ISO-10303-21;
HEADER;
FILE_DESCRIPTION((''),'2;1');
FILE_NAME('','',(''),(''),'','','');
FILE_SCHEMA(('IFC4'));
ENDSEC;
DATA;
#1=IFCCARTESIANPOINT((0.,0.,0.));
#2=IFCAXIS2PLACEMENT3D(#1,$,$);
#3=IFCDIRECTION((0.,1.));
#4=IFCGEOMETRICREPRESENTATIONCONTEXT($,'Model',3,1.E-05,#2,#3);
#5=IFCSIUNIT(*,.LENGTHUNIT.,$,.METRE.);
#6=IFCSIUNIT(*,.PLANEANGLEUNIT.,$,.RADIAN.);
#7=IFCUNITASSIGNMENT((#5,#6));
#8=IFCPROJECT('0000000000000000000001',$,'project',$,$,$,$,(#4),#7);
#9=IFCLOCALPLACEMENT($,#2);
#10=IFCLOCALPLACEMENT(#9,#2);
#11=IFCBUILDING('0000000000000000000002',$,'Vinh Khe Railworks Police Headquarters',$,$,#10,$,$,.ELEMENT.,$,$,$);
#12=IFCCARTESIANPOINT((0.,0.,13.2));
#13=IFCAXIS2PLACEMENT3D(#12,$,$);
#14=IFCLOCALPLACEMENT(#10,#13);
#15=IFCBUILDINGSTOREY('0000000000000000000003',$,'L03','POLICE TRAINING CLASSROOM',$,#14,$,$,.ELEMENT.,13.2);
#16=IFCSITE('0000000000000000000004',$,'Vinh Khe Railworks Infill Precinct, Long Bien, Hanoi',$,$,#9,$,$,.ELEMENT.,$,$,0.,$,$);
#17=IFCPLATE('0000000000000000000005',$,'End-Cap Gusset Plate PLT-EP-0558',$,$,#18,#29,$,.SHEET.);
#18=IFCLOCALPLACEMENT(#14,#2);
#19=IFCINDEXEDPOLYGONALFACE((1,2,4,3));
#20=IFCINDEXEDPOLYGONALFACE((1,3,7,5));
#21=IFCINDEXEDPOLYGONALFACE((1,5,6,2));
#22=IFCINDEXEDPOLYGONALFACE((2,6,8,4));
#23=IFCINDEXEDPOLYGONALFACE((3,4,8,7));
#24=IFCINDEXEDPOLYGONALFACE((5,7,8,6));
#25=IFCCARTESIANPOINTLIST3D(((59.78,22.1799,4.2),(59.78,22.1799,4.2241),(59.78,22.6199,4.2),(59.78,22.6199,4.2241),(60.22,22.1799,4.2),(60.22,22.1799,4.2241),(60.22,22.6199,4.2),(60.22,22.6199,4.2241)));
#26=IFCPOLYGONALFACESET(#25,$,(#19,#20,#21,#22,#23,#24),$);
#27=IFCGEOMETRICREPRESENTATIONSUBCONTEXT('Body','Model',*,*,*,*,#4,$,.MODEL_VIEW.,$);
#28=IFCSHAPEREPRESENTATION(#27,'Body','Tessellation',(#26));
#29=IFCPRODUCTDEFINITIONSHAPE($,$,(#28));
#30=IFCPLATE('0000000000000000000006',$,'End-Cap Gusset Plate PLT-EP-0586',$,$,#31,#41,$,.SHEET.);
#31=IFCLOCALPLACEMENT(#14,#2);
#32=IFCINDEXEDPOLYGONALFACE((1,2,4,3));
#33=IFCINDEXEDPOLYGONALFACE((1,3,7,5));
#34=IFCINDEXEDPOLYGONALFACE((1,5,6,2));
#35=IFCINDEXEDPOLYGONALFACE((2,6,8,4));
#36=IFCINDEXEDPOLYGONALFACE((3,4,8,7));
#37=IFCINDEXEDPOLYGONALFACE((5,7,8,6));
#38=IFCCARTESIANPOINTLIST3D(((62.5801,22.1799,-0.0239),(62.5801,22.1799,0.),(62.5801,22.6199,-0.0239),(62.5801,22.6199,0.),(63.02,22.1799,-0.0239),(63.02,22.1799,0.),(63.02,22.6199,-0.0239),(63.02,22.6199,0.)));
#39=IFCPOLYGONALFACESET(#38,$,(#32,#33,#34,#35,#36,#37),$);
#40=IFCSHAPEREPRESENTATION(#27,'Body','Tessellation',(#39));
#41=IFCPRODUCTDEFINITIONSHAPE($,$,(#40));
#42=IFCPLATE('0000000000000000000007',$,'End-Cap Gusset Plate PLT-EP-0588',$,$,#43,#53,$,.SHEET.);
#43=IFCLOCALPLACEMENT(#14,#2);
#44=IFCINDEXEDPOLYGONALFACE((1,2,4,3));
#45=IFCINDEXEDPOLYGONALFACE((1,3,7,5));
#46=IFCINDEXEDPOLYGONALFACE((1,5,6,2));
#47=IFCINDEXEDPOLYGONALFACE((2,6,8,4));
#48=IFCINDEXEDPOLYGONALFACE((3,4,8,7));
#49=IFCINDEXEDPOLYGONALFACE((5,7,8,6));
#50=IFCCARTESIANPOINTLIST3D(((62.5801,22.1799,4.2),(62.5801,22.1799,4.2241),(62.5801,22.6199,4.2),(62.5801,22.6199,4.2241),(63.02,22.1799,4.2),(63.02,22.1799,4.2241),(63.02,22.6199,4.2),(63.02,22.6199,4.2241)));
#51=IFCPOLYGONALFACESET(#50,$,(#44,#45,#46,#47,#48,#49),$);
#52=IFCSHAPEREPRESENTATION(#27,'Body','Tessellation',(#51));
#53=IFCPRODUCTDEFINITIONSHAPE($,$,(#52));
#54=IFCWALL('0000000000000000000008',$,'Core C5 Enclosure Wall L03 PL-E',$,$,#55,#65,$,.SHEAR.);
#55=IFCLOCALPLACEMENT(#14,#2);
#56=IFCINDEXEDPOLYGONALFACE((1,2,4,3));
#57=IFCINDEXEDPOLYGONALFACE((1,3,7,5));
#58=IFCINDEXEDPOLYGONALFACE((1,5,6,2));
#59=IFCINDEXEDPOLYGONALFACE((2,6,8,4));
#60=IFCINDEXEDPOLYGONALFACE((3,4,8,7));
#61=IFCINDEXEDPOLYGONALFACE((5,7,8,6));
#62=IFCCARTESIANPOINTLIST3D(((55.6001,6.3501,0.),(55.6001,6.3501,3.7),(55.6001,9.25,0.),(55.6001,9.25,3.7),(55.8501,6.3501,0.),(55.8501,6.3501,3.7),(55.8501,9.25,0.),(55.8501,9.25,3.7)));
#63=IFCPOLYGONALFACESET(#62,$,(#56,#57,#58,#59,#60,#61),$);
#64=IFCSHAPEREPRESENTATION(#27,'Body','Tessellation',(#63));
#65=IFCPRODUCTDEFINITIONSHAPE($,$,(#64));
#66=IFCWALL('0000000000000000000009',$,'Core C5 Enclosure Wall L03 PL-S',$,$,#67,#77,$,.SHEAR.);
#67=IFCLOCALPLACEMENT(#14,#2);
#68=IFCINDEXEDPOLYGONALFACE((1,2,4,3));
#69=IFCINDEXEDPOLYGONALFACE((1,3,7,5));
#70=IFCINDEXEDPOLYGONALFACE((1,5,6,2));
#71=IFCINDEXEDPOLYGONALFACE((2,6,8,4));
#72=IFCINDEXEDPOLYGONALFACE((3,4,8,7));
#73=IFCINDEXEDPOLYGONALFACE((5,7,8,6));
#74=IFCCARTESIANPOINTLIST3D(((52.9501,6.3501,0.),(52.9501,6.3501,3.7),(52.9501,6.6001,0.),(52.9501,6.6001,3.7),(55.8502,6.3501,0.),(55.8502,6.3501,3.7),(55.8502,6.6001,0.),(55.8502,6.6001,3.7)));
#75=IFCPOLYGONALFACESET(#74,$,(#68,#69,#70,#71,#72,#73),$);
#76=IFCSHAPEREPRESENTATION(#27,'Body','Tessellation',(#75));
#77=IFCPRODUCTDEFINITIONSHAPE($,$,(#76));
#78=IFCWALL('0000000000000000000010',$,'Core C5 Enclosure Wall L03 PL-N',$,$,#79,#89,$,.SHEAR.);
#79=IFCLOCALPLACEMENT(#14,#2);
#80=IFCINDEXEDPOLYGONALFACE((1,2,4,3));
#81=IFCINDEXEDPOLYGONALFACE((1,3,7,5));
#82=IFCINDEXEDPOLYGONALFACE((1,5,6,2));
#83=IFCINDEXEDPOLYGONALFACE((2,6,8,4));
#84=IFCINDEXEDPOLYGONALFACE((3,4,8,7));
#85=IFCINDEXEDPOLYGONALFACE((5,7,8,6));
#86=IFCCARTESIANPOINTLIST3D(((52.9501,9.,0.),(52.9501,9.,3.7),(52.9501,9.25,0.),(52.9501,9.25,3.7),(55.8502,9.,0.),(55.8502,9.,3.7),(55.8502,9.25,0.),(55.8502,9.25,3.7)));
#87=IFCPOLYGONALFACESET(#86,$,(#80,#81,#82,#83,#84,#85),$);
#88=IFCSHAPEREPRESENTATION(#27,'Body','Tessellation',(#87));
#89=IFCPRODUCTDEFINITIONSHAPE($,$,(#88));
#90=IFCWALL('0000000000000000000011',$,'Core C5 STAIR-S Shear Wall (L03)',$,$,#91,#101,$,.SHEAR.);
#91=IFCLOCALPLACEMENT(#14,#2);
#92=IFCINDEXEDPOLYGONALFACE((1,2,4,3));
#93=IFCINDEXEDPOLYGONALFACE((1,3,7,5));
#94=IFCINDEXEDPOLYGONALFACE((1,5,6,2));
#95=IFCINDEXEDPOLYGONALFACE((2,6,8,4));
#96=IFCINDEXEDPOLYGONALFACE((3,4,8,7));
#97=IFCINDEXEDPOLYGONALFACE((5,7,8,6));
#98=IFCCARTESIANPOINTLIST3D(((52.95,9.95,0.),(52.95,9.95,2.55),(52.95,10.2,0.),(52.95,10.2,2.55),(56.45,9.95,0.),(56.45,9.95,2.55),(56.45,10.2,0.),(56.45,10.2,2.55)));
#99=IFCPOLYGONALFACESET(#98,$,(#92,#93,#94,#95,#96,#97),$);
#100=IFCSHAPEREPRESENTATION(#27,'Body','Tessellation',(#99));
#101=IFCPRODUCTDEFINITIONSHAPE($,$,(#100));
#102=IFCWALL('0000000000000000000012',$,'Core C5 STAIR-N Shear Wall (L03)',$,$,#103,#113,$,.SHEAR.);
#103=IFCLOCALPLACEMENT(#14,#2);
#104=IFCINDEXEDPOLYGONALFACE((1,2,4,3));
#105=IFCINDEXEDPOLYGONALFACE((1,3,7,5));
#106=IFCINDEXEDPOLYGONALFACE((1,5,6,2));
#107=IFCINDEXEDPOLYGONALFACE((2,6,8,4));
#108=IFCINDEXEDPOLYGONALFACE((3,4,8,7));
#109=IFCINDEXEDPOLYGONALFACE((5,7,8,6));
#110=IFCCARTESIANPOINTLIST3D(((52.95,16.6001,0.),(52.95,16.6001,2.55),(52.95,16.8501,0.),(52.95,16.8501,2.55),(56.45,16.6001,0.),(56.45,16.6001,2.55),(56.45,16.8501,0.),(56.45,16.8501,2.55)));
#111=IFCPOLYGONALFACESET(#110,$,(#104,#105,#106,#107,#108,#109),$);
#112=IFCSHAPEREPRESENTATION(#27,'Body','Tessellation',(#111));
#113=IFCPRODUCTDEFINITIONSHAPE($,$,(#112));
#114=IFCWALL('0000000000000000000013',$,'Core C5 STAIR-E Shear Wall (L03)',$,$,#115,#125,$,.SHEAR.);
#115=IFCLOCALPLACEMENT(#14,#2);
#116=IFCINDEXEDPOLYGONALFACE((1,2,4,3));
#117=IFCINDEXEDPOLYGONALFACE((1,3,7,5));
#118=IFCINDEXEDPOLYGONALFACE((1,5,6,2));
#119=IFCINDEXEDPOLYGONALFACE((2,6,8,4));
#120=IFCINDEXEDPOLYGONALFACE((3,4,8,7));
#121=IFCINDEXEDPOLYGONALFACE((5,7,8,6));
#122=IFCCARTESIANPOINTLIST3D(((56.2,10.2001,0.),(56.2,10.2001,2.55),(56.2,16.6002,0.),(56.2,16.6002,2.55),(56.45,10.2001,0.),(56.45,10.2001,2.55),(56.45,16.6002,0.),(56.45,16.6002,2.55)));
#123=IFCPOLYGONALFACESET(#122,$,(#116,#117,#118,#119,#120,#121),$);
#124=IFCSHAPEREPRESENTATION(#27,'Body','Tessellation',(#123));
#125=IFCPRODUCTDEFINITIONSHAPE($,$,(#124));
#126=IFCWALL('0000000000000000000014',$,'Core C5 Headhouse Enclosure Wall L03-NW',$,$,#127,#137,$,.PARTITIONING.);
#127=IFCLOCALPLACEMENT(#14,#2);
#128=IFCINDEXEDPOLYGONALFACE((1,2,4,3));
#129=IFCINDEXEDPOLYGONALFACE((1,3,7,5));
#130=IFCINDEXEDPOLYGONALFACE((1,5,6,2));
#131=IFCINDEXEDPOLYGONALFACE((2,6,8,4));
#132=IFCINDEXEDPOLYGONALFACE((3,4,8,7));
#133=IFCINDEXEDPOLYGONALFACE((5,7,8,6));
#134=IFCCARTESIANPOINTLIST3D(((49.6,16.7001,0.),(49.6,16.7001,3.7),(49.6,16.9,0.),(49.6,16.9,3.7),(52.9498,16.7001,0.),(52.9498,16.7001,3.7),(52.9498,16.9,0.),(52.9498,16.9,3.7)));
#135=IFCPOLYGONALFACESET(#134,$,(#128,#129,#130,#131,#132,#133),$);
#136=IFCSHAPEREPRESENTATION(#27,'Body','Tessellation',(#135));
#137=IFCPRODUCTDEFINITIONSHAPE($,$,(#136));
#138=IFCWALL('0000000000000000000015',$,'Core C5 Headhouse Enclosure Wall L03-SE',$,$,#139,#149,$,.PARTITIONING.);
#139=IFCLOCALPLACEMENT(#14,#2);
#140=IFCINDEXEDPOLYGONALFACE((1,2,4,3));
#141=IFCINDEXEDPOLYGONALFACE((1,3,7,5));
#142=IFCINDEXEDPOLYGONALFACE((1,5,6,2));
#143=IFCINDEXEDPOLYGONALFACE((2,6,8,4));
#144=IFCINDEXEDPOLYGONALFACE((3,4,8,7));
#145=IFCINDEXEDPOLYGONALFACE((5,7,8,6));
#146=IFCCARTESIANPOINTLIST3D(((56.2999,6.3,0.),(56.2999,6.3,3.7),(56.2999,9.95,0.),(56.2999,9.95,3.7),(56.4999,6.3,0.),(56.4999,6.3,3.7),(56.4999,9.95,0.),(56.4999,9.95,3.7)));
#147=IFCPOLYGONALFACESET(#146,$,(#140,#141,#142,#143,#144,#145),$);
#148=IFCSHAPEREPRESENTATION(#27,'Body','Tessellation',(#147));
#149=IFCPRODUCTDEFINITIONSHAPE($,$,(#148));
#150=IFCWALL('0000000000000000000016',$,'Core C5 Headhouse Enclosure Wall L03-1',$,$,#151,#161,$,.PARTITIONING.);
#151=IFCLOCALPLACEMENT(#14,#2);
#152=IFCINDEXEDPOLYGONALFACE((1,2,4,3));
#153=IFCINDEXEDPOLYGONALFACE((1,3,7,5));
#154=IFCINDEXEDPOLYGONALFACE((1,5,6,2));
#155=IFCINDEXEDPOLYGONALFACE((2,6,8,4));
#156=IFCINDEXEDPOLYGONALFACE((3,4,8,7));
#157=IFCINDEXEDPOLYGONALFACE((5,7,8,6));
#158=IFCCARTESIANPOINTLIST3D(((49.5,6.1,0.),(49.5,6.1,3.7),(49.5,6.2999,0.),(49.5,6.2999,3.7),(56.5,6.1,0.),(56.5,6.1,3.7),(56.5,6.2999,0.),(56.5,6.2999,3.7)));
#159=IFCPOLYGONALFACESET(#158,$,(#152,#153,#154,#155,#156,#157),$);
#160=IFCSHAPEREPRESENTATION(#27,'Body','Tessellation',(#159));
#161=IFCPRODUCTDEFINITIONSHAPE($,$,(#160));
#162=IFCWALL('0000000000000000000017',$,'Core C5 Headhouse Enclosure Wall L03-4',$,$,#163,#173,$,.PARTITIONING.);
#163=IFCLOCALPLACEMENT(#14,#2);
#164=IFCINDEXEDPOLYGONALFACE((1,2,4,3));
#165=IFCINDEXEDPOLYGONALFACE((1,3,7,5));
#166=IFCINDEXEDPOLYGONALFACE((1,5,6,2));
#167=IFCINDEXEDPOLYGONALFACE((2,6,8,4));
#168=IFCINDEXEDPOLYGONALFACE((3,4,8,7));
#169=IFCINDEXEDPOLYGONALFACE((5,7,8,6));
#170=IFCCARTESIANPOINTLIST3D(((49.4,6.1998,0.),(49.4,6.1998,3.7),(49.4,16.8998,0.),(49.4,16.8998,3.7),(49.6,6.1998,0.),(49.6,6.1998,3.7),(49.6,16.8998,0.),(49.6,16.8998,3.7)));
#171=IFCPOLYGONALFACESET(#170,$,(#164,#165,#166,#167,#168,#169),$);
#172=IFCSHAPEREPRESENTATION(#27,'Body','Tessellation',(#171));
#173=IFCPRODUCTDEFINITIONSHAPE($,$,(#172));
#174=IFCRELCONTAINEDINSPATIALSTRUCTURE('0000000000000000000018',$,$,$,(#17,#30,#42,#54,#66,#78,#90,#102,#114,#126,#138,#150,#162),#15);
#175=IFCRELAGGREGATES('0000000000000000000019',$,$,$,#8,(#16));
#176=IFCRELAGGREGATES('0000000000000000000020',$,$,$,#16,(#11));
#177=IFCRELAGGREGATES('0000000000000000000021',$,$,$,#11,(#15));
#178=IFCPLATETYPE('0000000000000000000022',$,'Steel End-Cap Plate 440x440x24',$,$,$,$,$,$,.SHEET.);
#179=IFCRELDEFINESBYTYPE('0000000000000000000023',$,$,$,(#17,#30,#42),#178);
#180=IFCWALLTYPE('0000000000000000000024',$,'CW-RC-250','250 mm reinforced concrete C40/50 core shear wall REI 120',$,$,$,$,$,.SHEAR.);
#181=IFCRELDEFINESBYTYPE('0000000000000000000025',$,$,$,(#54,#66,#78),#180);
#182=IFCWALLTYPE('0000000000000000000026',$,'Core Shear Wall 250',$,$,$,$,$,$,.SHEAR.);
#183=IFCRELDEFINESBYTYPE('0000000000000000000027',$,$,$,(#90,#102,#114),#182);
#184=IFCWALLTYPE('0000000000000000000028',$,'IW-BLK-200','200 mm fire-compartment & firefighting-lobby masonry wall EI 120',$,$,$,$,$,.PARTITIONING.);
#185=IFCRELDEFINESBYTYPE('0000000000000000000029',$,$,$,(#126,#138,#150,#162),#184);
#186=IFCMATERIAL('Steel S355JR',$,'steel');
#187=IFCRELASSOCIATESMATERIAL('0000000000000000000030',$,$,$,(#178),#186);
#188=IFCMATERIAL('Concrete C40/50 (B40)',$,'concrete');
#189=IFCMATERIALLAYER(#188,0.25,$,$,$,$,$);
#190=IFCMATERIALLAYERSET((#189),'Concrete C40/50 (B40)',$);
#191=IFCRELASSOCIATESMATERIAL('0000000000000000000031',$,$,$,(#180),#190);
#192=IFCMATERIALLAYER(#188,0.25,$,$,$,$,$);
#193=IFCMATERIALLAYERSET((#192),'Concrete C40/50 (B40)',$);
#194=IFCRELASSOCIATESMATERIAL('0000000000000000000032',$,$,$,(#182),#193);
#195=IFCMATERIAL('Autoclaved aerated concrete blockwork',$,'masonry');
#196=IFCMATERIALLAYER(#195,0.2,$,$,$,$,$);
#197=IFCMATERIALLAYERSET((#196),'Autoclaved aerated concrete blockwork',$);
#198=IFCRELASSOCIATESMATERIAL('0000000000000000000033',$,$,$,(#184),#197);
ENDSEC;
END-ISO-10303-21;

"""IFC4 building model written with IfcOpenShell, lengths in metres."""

from ifc_helpers import new_model, si_unit, direction, frame, frame_2d, origin, origin_2d, place, context, subcontext, project, spatial, rectangle, extrude, material, layer, layer_set, material_profile, profile_set, type_object, element, save


model = new_model("IFC4")

# Units and contexts
model_context = context("Model", 3, precision=1e-05, world=origin(), true_north=direction((0.0, 1.0)))
body_context = subcontext(model_context, "Body", "Model", "MODEL_VIEW")
ifc_project = project(units=[si_unit("LENGTHUNIT", "METRE"), si_unit("PLANEANGLEUNIT", "RADIAN")], contexts=[model_context])

# Site, building, storey
site_placement = place(None, origin())
site = spatial("IfcSite", under=ifc_project, at=site_placement, Name="Vinh Khe Railworks Infill Precinct, Long Bien, Hanoi", CompositionType="ELEMENT", RefElevation=0.0)
building_placement = place(site_placement, origin())
building = spatial("IfcBuilding", under=site, at=building_placement, Name="Vinh Khe Railworks Police Headquarters", CompositionType="ELEMENT")
storey_placement = place(building_placement, frame((0.0, 0.0, 13.2)))
storey = spatial("IfcBuildingStorey", under=building, at=storey_placement, Name="L03", Description="POLICE TRAINING CLASSROOM", CompositionType="ELEMENT", Elevation=13.2)

# Shared definitions
ifc_material_1 = material(Name="Steel S355JR", Category="steel")

# Plates
ifc_material_profile_1 = material_profile(ifc_material_1, rectangle(XDim=0.4399, YDim=0.4399, at=origin_2d()), Name="PL 440x440")
ifc_profile_set_1 = profile_set([ifc_material_profile_1], Name="Steel S355JR")
plate_type = type_object("IfcPlateType", Name="Steel End-Cap Plate 440x440x24", PredefinedType="SHEET", material=ifc_profile_set_1)
plate_1_placement = place(storey_placement, frame((60.0, 22.3999, 4.2), z_axis=(0.0, 0.0, 1.0), x_axis=(1.0, 0.0, 0.0)))
element("IfcPlate", 1, at=plate_1_placement, inside=storey, type_object=plate_type, Name="End-Cap Gusset Plate PLT-EP-0558", PredefinedType="SHEET", context=body_context, shape_type="SweptSolid", body=[
    extrude(rectangle(XDim=0.4399, YDim=0.4399, at=origin_2d()), origin(), (0.0, 0.0, 1.0), 0.0242),
])
plate_2_placement = place(storey_placement, frame((62.8, 22.3999, 0.0), z_axis=(0.0, 0.0, -1.0), x_axis=(1.0, 0.0, 0.0)))
element("IfcPlate", 2, at=plate_2_placement, inside=storey, type_object=plate_type, Name="End-Cap Gusset Plate PLT-EP-0586", PredefinedType="SHEET", context=body_context, shape_type="SweptSolid", body=[
    extrude(rectangle(XDim=0.4399, YDim=0.4399, at=origin_2d()), origin(), (0.0, 0.0, 1.0), 0.0239),
])
plate_3_placement = place(storey_placement, frame((62.8, 22.3999, 4.2), z_axis=(0.0, 0.0, 1.0), x_axis=(1.0, 0.0, 0.0)))
element("IfcPlate", 3, at=plate_3_placement, inside=storey, type_object=plate_type, Name="End-Cap Gusset Plate PLT-EP-0588", PredefinedType="SHEET", context=body_context, shape_type="SweptSolid", body=[
    extrude(rectangle(XDim=0.4399, YDim=0.4399, at=origin_2d()), origin(), (0.0, 0.0, 1.0), 0.0242),
])

# Walls
ifc_material_2 = material(Name="Concrete C40/50 (B40)", Category="concrete")
ifc_layer_1 = layer(ifc_material_2, 0.25)
ifc_layer_set_1 = layer_set([ifc_layer_1], Name="Concrete C40/50 (B40)")
wall_type_1 = type_object("IfcWallType", Name="CW-RC-250", Description="250 mm reinforced concrete C40/50 core shear wall REI 120", PredefinedType="SHEAR", material=ifc_layer_set_1)
wall_1_placement = place(storey_placement, frame((55.7251, 6.3501, 0.0), z_axis=(0.0, 0.0, 1.0), x_axis=(0.0, 1.0, 0.0)))
element("IfcWall", 4, at=wall_1_placement, inside=storey, type_object=wall_type_1, Name="Core C5 Enclosure Wall L03 PL-E", PredefinedType="SHEAR", context=body_context, shape_type="SweptSolid", body=[
    extrude(rectangle(XDim=2.8999, YDim=0.25, at=frame_2d((1.45, 0.0))), origin(), (0.0, 0.0, 1.0), 3.7),
])
for number, where, z_axis, x_axis, name in (
    (5, (52.95, 6.4751, 0.0), (0.0, 0.0, 1.0), (1.0, 0.0, 0.0), "Core C5 Enclosure Wall L03 PL-S"),
    (6, (52.95, 9.125, 0.0), (0.0, 0.0, 1.0), (1.0, 0.0, 0.0), "Core C5 Enclosure Wall L03 PL-N"),
):
    element("IfcWall", number, at=place(storey_placement, frame(where, z_axis=z_axis, x_axis=x_axis)), inside=storey, type_object=wall_type_1, Name=name, PredefinedType="SHEAR", context=body_context, shape_type="SweptSolid", body=[
        extrude(rectangle(XDim=2.9001, YDim=0.25, at=frame_2d((1.4502, 0.0))), origin(), (0.0, 0.0, 1.0), 3.7),
    ])

# Walls
ifc_layer_2 = layer(ifc_material_2, 0.25)
ifc_layer_set_2 = layer_set([ifc_layer_2], Name="Concrete C40/50 (B40)")
wall_type_2 = type_object("IfcWallType", Name="Core Shear Wall 250", PredefinedType="SHEAR", material=ifc_layer_set_2)
for number, where, z_axis, x_axis, name in (
    (7, (52.95, 10.075, 0.0), (0.0, 0.0, 1.0), (1.0, 0.0, 0.0), "Core C5 STAIR-S Shear Wall (L03)"),
    (8, (52.95, 16.7251, 0.0), (0.0, 0.0, 1.0), (1.0, 0.0, 0.0), "Core C5 STAIR-N Shear Wall (L03)"),
):
    element("IfcWall", number, at=place(storey_placement, frame(where, z_axis=z_axis, x_axis=x_axis)), inside=storey, type_object=wall_type_2, Name=name, PredefinedType="SHEAR", context=body_context, shape_type="SweptSolid", body=[
        extrude(rectangle(XDim=3.5, YDim=0.25, at=frame_2d((1.75, 0.0))), origin(), (0.0, 0.0, 1.0), 2.55),
    ])

# Walls
wall_2_placement = place(storey_placement, frame((56.325, 10.2, 0.0), z_axis=(0.0, 0.0, 1.0), x_axis=(0.0, 1.0, 0.0)))
element("IfcWall", 9, at=wall_2_placement, inside=storey, type_object=wall_type_2, Name="Core C5 STAIR-E Shear Wall (L03)", PredefinedType="SHEAR", context=body_context, shape_type="SweptSolid", body=[
    extrude(rectangle(XDim=6.4001, YDim=0.25, at=frame_2d((3.2002, 0.0))), origin(), (0.0, 0.0, 1.0), 2.55),
])
ifc_material_3 = material(Name="Autoclaved aerated concrete blockwork", Category="masonry")
ifc_layer_3 = layer(ifc_material_3, 0.2)
ifc_layer_set_3 = layer_set([ifc_layer_3], Name="Autoclaved aerated concrete blockwork")
wall_type_3 = type_object("IfcWallType", Name="IW-BLK-200", Description="200 mm fire-compartment & firefighting-lobby masonry wall EI 120", PredefinedType="PARTITIONING", material=ifc_layer_set_3)
wall_3_placement = place(storey_placement, frame((49.6001, 16.8, 0.0), z_axis=(0.0, 0.0, 1.0), x_axis=(1.0, 0.0, 0.0)))
element("IfcWall", 10, at=wall_3_placement, inside=storey, type_object=wall_type_3, Name="Core C5 Headhouse Enclosure Wall L03-NW", PredefinedType="PARTITIONING", context=body_context, shape_type="SweptSolid", body=[
    extrude(rectangle(XDim=3.3499, YDim=0.2, at=frame_2d((1.6748, 0.0))), origin(), (0.0, 0.0, 1.0), 3.7),
])
wall_4_placement = place(storey_placement, frame((56.3999, 6.3, 0.0), z_axis=(0.0, 0.0, 1.0), x_axis=(0.0, 1.0, 0.0)))
element("IfcWall", 11, at=wall_4_placement, inside=storey, type_object=wall_type_3, Name="Core C5 Headhouse Enclosure Wall L03-SE", PredefinedType="PARTITIONING", context=body_context, shape_type="SweptSolid", body=[
    extrude(rectangle(XDim=3.6499, YDim=0.2, at=frame_2d((1.825, 0.0))), origin(), (0.0, 0.0, 1.0), 3.7),
])
wall_5_placement = place(storey_placement, frame((49.5, 6.2, 0.0), z_axis=(0.0, 0.0, 1.0), x_axis=(1.0, 0.0, 0.0)))
element("IfcWall", 12, at=wall_5_placement, inside=storey, type_object=wall_type_3, Name="Core C5 Headhouse Enclosure Wall L03-1", PredefinedType="PARTITIONING", context=body_context, shape_type="SweptSolid", body=[
    extrude(rectangle(XDim=7.0, YDim=0.2, at=frame_2d((3.5, 0.0))), origin(), (0.0, 0.0, 1.0), 3.7),
])
wall_6_placement = place(storey_placement, frame((49.5, 16.8999, 0.0), z_axis=(0.0, 0.0, 1.0), x_axis=(0.0, -1.0, 0.0)))
element("IfcWall", 13, at=wall_6_placement, inside=storey, type_object=wall_type_3, Name="Core C5 Headhouse Enclosure Wall L03-4", PredefinedType="PARTITIONING", context=body_context, shape_type="SweptSolid", body=[
    extrude(rectangle(XDim=10.7, YDim=0.2, at=frame_2d((5.3501, 0.0))), origin(), (0.0, 0.0, 1.0), 3.7),
])

save(model, "model.ifc")
